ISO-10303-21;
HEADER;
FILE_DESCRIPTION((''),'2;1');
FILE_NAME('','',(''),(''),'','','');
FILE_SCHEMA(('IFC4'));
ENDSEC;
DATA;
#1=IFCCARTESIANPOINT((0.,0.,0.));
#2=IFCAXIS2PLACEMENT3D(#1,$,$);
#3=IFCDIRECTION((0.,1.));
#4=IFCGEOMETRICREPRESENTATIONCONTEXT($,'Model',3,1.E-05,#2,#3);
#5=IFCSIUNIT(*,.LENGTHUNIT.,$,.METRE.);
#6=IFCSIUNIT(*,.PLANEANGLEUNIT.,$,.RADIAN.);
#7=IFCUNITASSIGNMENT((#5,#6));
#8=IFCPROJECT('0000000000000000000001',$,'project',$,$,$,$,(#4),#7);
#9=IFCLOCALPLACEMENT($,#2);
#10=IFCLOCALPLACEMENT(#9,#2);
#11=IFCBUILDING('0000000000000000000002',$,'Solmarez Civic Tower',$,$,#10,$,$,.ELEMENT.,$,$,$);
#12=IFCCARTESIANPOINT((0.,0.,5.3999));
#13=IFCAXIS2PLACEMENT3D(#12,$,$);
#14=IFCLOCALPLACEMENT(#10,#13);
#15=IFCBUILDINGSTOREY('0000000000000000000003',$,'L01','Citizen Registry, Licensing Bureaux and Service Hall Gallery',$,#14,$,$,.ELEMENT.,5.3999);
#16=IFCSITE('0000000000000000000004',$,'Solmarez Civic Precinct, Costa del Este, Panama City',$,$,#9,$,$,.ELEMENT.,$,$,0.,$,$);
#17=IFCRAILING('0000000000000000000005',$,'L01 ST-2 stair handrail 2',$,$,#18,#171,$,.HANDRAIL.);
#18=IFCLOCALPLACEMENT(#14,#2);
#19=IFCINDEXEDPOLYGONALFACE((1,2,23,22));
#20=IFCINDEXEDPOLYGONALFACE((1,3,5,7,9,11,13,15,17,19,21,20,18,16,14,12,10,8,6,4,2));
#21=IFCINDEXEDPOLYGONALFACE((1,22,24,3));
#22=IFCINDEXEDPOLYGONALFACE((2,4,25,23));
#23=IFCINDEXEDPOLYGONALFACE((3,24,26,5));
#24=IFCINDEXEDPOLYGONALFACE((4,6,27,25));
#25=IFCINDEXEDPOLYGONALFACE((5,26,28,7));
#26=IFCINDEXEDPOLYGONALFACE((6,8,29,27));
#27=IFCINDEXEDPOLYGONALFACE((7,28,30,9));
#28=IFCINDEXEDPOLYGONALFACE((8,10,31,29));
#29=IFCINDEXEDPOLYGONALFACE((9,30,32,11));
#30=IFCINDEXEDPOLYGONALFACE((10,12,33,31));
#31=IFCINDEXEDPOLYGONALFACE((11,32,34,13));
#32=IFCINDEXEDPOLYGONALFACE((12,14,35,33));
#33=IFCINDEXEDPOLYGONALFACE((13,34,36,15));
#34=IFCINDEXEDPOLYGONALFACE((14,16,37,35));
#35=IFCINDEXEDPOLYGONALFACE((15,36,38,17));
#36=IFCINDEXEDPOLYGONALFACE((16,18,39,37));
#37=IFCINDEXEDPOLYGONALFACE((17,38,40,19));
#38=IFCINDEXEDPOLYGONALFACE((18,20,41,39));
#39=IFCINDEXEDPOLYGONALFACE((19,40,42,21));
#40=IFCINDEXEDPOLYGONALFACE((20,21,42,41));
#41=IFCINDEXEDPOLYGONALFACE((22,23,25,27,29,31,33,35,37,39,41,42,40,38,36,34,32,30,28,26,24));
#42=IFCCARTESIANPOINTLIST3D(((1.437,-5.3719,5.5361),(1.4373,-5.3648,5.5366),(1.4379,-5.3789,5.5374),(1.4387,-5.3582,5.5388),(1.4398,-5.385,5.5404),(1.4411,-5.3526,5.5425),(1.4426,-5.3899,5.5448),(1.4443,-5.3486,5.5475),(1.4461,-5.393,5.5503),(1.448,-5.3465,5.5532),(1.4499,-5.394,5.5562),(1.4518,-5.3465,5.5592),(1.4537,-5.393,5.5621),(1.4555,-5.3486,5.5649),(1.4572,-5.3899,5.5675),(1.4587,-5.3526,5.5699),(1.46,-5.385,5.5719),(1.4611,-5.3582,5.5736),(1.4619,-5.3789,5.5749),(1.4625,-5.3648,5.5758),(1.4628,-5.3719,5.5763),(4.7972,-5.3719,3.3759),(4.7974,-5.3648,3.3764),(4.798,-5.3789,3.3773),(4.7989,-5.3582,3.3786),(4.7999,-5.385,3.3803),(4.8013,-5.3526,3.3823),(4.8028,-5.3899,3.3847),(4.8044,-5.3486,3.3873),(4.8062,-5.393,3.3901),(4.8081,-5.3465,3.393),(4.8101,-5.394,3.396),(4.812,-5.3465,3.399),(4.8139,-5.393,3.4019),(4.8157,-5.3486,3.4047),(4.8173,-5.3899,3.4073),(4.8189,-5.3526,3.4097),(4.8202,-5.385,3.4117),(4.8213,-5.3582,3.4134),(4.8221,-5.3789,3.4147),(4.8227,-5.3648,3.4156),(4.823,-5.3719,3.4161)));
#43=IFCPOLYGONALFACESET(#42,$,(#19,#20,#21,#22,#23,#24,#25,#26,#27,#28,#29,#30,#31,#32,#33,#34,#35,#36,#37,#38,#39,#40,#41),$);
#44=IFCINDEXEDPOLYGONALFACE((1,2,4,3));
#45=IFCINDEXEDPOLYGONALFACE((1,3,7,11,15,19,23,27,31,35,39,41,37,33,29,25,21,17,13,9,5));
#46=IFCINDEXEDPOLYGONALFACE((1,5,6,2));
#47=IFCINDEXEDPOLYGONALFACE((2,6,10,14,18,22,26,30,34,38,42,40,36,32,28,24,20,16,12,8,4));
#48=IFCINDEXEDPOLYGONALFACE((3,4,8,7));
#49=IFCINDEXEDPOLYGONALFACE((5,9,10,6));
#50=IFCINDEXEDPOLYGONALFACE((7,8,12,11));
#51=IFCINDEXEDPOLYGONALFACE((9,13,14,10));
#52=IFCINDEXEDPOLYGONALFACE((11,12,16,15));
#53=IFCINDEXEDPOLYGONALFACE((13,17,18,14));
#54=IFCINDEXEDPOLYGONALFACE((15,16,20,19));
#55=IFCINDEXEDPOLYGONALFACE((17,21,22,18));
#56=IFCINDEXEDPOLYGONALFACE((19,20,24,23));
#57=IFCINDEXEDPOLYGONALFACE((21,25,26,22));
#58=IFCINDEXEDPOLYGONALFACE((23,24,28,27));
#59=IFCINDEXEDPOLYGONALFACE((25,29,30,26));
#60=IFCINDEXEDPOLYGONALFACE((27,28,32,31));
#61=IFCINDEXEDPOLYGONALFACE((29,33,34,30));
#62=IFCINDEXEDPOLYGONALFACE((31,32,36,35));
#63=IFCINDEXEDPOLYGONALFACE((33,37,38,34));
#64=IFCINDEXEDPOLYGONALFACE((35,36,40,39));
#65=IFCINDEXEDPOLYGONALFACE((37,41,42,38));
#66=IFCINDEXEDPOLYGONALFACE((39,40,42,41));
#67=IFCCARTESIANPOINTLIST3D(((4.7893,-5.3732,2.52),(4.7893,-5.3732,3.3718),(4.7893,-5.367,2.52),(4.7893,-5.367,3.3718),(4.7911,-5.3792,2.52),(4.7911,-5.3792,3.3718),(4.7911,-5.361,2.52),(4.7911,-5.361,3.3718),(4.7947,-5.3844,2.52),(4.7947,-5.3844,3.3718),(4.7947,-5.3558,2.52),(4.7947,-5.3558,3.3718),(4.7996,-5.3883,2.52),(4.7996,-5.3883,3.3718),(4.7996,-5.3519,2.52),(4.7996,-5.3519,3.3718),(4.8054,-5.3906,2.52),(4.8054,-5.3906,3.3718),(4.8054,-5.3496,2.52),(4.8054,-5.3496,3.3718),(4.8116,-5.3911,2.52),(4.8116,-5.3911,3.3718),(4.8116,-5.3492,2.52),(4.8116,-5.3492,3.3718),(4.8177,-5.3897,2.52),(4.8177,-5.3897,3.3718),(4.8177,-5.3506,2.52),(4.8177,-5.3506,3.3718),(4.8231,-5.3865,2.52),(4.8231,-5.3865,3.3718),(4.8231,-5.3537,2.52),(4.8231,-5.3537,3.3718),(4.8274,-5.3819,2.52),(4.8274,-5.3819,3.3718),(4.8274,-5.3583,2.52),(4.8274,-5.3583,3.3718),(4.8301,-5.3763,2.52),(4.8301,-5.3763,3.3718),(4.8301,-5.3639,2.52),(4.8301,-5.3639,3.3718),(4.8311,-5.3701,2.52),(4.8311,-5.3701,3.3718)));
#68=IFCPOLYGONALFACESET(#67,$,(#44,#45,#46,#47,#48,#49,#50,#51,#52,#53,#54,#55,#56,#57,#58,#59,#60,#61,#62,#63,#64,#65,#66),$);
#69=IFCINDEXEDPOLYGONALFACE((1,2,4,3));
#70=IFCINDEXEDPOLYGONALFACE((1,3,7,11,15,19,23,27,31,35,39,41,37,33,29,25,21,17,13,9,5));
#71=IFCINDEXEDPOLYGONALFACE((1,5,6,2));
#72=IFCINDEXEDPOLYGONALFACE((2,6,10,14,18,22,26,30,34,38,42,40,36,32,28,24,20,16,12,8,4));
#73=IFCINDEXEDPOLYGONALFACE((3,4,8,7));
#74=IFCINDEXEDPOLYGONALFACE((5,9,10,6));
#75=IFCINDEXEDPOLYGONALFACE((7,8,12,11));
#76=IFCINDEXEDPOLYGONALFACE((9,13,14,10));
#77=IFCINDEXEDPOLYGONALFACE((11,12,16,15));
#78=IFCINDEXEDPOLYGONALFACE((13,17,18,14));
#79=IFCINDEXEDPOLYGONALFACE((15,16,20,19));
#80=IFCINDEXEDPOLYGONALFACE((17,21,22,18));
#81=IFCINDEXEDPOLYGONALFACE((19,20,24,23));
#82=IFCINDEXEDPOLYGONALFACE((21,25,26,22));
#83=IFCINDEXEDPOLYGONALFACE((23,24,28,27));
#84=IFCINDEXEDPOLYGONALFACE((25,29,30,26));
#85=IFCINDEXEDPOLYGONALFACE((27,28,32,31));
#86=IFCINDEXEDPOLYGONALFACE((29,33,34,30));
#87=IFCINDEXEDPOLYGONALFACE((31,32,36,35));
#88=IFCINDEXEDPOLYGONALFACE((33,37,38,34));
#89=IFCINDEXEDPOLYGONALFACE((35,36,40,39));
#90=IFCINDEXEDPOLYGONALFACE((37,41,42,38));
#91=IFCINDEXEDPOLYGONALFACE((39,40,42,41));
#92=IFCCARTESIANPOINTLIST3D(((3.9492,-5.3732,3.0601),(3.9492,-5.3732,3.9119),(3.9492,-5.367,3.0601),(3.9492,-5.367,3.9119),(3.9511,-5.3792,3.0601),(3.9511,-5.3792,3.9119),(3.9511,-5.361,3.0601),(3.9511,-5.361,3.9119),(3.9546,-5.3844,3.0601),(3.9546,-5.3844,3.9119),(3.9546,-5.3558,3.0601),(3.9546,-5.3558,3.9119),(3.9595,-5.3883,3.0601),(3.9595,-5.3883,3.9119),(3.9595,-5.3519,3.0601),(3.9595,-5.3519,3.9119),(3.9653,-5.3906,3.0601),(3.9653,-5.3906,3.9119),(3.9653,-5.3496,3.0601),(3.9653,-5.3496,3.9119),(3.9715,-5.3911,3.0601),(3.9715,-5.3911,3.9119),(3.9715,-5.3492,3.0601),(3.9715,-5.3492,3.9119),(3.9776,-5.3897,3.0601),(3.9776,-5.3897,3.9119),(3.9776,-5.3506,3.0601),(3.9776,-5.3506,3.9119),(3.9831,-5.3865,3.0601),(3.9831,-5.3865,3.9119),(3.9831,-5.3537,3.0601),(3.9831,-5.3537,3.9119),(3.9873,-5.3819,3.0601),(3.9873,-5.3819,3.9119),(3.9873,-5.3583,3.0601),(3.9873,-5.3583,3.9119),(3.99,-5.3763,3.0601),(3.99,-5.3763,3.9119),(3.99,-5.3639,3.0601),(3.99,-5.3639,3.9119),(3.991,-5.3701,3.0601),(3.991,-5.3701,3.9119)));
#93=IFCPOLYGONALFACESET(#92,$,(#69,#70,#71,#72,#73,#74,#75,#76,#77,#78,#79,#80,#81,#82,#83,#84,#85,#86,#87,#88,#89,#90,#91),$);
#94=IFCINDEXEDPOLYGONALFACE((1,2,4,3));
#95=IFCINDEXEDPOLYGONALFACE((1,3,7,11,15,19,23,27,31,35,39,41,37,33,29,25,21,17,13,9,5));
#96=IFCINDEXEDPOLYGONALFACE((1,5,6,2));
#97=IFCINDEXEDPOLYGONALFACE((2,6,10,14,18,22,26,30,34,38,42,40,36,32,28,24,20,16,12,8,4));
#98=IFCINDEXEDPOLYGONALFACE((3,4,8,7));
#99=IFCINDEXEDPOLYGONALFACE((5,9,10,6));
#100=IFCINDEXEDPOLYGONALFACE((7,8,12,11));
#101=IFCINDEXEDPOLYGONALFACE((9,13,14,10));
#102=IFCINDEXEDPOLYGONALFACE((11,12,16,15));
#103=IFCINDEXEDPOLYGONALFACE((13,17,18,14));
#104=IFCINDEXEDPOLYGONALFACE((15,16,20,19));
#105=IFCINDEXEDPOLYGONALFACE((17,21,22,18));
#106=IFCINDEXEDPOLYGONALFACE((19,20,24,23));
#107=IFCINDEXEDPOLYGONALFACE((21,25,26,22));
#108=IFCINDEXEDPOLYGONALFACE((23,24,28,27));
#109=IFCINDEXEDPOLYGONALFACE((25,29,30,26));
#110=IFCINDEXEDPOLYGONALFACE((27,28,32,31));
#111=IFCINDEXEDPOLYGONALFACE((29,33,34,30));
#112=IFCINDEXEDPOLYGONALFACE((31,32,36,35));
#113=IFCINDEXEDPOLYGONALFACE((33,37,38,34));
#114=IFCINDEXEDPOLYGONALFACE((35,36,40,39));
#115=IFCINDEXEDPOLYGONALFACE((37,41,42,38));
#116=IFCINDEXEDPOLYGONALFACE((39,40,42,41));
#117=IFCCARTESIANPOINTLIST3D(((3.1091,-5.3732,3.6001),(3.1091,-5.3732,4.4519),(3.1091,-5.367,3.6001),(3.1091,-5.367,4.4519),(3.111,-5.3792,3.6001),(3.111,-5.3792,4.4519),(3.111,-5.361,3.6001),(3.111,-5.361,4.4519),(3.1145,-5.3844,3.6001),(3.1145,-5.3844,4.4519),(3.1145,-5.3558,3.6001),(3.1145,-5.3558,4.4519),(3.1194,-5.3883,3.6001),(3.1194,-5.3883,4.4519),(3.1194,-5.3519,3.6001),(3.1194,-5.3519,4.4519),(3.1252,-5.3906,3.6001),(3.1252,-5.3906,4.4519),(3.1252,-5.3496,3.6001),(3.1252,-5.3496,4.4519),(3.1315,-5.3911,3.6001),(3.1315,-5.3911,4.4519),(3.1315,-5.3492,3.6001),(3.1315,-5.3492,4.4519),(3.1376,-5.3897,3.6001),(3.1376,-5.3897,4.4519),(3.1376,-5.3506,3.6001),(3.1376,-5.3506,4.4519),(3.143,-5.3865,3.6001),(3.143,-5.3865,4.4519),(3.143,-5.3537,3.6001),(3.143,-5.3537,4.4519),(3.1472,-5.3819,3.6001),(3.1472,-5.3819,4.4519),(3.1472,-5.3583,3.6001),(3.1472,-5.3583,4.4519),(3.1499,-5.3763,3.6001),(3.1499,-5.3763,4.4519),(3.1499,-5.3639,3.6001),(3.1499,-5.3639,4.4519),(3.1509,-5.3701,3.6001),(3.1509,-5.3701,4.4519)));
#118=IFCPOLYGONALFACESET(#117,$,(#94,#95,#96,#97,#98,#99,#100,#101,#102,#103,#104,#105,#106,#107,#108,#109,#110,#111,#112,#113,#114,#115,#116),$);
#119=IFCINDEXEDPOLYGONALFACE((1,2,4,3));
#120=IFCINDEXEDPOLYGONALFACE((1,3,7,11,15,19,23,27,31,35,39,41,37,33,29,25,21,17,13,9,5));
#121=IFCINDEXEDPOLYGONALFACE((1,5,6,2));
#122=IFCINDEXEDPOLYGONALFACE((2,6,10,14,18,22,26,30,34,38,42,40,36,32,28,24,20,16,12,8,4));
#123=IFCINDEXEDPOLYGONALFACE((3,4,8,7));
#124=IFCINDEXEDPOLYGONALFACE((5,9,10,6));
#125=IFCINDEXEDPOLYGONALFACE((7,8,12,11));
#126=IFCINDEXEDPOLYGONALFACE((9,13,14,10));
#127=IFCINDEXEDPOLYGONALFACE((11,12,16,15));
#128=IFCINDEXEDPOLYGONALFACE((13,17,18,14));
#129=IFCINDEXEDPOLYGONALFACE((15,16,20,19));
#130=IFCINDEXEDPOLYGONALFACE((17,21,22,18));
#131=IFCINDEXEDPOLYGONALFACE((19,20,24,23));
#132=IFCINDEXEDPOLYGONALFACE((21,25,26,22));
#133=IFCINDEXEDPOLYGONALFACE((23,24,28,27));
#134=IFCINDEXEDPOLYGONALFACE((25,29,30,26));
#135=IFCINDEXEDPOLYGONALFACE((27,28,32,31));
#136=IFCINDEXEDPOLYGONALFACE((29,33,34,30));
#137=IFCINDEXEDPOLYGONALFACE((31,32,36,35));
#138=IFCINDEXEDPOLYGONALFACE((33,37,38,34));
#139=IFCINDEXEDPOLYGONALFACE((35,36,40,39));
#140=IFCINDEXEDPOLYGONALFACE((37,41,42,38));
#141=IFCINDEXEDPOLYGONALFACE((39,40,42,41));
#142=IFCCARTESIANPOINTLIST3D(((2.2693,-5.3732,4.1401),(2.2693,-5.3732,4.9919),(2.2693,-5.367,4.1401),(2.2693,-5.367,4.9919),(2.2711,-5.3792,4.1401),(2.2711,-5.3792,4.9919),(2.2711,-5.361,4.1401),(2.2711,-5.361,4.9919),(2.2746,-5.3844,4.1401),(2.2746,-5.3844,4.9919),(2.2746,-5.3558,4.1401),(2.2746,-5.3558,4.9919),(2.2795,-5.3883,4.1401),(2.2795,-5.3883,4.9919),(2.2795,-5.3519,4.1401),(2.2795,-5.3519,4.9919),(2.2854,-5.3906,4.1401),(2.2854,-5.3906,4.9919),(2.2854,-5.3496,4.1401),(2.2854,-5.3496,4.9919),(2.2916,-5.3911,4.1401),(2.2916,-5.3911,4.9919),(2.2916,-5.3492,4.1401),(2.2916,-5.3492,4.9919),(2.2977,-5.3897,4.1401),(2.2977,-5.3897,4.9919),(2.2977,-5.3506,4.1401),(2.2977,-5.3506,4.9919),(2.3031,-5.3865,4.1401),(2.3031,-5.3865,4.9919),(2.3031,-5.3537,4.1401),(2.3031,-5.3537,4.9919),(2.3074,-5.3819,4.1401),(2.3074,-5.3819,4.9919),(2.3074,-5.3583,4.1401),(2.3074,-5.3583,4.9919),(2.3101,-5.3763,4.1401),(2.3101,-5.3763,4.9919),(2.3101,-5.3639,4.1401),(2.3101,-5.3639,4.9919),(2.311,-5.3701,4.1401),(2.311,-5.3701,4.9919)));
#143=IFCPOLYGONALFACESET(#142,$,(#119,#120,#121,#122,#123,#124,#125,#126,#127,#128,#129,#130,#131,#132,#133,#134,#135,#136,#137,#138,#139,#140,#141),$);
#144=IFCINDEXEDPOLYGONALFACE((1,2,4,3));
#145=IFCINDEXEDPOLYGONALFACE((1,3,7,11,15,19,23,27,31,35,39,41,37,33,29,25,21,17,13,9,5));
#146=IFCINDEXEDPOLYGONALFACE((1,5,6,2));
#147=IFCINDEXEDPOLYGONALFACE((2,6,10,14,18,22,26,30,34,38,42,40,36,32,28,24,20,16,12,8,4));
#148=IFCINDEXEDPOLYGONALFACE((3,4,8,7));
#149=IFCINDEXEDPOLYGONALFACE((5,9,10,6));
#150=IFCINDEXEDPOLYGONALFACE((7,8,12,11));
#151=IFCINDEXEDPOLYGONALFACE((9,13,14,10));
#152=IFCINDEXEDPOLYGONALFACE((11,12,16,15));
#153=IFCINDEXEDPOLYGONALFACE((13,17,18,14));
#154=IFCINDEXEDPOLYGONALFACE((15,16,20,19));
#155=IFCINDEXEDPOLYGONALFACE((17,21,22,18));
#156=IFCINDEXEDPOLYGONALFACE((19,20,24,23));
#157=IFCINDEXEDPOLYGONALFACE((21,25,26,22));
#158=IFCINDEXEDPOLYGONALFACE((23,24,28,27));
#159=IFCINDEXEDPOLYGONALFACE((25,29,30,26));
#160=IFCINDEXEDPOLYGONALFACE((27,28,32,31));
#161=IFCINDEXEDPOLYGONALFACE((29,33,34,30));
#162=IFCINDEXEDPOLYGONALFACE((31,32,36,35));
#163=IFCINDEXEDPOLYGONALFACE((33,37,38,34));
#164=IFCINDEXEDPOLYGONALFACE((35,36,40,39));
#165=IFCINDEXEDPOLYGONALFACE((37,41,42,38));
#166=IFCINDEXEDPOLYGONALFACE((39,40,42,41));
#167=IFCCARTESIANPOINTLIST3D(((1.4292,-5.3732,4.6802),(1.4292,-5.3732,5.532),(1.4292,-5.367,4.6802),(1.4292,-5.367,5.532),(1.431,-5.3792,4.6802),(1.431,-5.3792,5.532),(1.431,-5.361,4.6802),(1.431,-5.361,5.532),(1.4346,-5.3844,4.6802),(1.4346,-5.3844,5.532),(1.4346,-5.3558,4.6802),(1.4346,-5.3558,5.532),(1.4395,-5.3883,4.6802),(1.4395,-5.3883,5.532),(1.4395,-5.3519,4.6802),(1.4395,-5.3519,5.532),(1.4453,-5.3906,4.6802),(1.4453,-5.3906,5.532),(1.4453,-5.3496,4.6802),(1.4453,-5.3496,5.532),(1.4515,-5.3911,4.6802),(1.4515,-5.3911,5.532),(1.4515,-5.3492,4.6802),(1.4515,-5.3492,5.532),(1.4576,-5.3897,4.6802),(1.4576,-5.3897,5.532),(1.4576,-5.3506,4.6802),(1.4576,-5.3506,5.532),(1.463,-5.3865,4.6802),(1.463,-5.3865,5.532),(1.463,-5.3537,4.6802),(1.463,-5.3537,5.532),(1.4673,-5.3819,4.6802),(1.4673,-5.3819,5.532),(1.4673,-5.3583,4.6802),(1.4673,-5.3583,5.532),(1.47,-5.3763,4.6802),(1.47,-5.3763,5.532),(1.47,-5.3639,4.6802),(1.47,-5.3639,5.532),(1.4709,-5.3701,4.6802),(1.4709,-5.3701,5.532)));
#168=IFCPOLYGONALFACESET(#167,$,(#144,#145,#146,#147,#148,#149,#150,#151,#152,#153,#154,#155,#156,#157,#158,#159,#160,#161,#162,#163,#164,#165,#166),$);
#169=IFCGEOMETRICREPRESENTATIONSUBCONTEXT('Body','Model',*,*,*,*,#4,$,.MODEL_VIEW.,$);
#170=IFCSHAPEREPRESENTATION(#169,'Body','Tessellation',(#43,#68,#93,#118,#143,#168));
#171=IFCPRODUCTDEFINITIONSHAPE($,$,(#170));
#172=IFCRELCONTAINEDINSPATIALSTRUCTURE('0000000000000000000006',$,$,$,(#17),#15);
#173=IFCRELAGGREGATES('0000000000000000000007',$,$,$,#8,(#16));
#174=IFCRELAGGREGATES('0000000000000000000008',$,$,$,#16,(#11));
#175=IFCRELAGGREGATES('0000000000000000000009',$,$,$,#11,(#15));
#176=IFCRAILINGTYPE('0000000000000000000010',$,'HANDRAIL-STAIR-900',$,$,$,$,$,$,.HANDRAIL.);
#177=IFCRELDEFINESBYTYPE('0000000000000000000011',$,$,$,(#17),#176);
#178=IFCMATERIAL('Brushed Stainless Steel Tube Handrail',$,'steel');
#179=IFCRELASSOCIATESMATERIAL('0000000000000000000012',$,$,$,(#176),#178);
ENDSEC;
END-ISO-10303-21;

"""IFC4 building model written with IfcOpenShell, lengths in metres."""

from ifc_helpers import new_model, si_unit, direction, frame, origin, origin_2d, place, context, subcontext, project, spatial, circle, extrude, material, type_object, element, save


model = new_model("IFC4")

# Units and contexts
model_context = context("Model", 3, precision=1e-05, world=origin(), true_north=direction((0.0, 1.0)))
body_context = subcontext(model_context, "Body", "Model", "MODEL_VIEW")
ifc_project = project(units=[si_unit("LENGTHUNIT", "METRE"), si_unit("PLANEANGLEUNIT", "RADIAN")], contexts=[model_context])

# Site, building, storey
site_placement = place(None, origin())
site = spatial("IfcSite", under=ifc_project, at=site_placement, Name="Solmarez Civic Precinct, Costa del Este, Panama City", CompositionType="ELEMENT", RefElevation=0.0)
building_placement = place(site_placement, origin())
building = spatial("IfcBuilding", under=site, at=building_placement, Name="Solmarez Civic Tower", CompositionType="ELEMENT")
storey_placement = place(building_placement, frame((0.0, 0.0, 5.3999)))
storey = spatial("IfcBuildingStorey", under=building, at=storey_placement, Name="L01", Description="Citizen Registry, Licensing Bureaux and Service Hall Gallery", CompositionType="ELEMENT", Elevation=5.3999)

# Railing
ifc_material_1 = material(Name="Brushed Stainless Steel Tube Handrail", Category="steel")
railing_type_1 = type_object("IfcRailingType", Name="HANDRAIL-STAIR-900", PredefinedType="HANDRAIL", material=ifc_material_1)
railing_1_placement = place(storey_placement, frame((4.8101, -5.3701, 2.52)))
element("IfcRailing", 1, at=railing_1_placement, inside=storey, type_object=railing_type_1, Name="L01 ST-2 stair handrail 2", PredefinedType="HANDRAIL", context=body_context, shape_type="SweptSolid", body=[
    extrude(circle(Radius=0.0239, at=origin_2d()), frame((0.0, 0.0, 0.876), z_axis=(-0.841169, 0.0, 0.540773), x_axis=(0.0, -1.0, 0.0)), (0.0, 0.0, 1.0), 3.9946),
    extrude(circle(Radius=0.021, at=origin_2d()), origin(), (0.0, 0.0, 1.0), 0.8518),
    extrude(circle(Radius=0.021, at=origin_2d()), frame((-0.8401, 0.0, 0.54)), (0.0, 0.0, 1.0), 0.8518),
    extrude(circle(Radius=0.021, at=origin_2d()), frame((-1.6802, 0.0, 1.0801)), (0.0, 0.0, 1.0), 0.8518),
    extrude(circle(Radius=0.021, at=origin_2d()), frame((-2.52, 0.0, 1.6201)), (0.0, 0.0, 1.0), 0.8518),
    extrude(circle(Radius=0.021, at=origin_2d()), frame((-3.3601, 0.0, 2.1602)), (0.0, 0.0, 1.0), 0.8518),
])

save(model, "model.ifc")
